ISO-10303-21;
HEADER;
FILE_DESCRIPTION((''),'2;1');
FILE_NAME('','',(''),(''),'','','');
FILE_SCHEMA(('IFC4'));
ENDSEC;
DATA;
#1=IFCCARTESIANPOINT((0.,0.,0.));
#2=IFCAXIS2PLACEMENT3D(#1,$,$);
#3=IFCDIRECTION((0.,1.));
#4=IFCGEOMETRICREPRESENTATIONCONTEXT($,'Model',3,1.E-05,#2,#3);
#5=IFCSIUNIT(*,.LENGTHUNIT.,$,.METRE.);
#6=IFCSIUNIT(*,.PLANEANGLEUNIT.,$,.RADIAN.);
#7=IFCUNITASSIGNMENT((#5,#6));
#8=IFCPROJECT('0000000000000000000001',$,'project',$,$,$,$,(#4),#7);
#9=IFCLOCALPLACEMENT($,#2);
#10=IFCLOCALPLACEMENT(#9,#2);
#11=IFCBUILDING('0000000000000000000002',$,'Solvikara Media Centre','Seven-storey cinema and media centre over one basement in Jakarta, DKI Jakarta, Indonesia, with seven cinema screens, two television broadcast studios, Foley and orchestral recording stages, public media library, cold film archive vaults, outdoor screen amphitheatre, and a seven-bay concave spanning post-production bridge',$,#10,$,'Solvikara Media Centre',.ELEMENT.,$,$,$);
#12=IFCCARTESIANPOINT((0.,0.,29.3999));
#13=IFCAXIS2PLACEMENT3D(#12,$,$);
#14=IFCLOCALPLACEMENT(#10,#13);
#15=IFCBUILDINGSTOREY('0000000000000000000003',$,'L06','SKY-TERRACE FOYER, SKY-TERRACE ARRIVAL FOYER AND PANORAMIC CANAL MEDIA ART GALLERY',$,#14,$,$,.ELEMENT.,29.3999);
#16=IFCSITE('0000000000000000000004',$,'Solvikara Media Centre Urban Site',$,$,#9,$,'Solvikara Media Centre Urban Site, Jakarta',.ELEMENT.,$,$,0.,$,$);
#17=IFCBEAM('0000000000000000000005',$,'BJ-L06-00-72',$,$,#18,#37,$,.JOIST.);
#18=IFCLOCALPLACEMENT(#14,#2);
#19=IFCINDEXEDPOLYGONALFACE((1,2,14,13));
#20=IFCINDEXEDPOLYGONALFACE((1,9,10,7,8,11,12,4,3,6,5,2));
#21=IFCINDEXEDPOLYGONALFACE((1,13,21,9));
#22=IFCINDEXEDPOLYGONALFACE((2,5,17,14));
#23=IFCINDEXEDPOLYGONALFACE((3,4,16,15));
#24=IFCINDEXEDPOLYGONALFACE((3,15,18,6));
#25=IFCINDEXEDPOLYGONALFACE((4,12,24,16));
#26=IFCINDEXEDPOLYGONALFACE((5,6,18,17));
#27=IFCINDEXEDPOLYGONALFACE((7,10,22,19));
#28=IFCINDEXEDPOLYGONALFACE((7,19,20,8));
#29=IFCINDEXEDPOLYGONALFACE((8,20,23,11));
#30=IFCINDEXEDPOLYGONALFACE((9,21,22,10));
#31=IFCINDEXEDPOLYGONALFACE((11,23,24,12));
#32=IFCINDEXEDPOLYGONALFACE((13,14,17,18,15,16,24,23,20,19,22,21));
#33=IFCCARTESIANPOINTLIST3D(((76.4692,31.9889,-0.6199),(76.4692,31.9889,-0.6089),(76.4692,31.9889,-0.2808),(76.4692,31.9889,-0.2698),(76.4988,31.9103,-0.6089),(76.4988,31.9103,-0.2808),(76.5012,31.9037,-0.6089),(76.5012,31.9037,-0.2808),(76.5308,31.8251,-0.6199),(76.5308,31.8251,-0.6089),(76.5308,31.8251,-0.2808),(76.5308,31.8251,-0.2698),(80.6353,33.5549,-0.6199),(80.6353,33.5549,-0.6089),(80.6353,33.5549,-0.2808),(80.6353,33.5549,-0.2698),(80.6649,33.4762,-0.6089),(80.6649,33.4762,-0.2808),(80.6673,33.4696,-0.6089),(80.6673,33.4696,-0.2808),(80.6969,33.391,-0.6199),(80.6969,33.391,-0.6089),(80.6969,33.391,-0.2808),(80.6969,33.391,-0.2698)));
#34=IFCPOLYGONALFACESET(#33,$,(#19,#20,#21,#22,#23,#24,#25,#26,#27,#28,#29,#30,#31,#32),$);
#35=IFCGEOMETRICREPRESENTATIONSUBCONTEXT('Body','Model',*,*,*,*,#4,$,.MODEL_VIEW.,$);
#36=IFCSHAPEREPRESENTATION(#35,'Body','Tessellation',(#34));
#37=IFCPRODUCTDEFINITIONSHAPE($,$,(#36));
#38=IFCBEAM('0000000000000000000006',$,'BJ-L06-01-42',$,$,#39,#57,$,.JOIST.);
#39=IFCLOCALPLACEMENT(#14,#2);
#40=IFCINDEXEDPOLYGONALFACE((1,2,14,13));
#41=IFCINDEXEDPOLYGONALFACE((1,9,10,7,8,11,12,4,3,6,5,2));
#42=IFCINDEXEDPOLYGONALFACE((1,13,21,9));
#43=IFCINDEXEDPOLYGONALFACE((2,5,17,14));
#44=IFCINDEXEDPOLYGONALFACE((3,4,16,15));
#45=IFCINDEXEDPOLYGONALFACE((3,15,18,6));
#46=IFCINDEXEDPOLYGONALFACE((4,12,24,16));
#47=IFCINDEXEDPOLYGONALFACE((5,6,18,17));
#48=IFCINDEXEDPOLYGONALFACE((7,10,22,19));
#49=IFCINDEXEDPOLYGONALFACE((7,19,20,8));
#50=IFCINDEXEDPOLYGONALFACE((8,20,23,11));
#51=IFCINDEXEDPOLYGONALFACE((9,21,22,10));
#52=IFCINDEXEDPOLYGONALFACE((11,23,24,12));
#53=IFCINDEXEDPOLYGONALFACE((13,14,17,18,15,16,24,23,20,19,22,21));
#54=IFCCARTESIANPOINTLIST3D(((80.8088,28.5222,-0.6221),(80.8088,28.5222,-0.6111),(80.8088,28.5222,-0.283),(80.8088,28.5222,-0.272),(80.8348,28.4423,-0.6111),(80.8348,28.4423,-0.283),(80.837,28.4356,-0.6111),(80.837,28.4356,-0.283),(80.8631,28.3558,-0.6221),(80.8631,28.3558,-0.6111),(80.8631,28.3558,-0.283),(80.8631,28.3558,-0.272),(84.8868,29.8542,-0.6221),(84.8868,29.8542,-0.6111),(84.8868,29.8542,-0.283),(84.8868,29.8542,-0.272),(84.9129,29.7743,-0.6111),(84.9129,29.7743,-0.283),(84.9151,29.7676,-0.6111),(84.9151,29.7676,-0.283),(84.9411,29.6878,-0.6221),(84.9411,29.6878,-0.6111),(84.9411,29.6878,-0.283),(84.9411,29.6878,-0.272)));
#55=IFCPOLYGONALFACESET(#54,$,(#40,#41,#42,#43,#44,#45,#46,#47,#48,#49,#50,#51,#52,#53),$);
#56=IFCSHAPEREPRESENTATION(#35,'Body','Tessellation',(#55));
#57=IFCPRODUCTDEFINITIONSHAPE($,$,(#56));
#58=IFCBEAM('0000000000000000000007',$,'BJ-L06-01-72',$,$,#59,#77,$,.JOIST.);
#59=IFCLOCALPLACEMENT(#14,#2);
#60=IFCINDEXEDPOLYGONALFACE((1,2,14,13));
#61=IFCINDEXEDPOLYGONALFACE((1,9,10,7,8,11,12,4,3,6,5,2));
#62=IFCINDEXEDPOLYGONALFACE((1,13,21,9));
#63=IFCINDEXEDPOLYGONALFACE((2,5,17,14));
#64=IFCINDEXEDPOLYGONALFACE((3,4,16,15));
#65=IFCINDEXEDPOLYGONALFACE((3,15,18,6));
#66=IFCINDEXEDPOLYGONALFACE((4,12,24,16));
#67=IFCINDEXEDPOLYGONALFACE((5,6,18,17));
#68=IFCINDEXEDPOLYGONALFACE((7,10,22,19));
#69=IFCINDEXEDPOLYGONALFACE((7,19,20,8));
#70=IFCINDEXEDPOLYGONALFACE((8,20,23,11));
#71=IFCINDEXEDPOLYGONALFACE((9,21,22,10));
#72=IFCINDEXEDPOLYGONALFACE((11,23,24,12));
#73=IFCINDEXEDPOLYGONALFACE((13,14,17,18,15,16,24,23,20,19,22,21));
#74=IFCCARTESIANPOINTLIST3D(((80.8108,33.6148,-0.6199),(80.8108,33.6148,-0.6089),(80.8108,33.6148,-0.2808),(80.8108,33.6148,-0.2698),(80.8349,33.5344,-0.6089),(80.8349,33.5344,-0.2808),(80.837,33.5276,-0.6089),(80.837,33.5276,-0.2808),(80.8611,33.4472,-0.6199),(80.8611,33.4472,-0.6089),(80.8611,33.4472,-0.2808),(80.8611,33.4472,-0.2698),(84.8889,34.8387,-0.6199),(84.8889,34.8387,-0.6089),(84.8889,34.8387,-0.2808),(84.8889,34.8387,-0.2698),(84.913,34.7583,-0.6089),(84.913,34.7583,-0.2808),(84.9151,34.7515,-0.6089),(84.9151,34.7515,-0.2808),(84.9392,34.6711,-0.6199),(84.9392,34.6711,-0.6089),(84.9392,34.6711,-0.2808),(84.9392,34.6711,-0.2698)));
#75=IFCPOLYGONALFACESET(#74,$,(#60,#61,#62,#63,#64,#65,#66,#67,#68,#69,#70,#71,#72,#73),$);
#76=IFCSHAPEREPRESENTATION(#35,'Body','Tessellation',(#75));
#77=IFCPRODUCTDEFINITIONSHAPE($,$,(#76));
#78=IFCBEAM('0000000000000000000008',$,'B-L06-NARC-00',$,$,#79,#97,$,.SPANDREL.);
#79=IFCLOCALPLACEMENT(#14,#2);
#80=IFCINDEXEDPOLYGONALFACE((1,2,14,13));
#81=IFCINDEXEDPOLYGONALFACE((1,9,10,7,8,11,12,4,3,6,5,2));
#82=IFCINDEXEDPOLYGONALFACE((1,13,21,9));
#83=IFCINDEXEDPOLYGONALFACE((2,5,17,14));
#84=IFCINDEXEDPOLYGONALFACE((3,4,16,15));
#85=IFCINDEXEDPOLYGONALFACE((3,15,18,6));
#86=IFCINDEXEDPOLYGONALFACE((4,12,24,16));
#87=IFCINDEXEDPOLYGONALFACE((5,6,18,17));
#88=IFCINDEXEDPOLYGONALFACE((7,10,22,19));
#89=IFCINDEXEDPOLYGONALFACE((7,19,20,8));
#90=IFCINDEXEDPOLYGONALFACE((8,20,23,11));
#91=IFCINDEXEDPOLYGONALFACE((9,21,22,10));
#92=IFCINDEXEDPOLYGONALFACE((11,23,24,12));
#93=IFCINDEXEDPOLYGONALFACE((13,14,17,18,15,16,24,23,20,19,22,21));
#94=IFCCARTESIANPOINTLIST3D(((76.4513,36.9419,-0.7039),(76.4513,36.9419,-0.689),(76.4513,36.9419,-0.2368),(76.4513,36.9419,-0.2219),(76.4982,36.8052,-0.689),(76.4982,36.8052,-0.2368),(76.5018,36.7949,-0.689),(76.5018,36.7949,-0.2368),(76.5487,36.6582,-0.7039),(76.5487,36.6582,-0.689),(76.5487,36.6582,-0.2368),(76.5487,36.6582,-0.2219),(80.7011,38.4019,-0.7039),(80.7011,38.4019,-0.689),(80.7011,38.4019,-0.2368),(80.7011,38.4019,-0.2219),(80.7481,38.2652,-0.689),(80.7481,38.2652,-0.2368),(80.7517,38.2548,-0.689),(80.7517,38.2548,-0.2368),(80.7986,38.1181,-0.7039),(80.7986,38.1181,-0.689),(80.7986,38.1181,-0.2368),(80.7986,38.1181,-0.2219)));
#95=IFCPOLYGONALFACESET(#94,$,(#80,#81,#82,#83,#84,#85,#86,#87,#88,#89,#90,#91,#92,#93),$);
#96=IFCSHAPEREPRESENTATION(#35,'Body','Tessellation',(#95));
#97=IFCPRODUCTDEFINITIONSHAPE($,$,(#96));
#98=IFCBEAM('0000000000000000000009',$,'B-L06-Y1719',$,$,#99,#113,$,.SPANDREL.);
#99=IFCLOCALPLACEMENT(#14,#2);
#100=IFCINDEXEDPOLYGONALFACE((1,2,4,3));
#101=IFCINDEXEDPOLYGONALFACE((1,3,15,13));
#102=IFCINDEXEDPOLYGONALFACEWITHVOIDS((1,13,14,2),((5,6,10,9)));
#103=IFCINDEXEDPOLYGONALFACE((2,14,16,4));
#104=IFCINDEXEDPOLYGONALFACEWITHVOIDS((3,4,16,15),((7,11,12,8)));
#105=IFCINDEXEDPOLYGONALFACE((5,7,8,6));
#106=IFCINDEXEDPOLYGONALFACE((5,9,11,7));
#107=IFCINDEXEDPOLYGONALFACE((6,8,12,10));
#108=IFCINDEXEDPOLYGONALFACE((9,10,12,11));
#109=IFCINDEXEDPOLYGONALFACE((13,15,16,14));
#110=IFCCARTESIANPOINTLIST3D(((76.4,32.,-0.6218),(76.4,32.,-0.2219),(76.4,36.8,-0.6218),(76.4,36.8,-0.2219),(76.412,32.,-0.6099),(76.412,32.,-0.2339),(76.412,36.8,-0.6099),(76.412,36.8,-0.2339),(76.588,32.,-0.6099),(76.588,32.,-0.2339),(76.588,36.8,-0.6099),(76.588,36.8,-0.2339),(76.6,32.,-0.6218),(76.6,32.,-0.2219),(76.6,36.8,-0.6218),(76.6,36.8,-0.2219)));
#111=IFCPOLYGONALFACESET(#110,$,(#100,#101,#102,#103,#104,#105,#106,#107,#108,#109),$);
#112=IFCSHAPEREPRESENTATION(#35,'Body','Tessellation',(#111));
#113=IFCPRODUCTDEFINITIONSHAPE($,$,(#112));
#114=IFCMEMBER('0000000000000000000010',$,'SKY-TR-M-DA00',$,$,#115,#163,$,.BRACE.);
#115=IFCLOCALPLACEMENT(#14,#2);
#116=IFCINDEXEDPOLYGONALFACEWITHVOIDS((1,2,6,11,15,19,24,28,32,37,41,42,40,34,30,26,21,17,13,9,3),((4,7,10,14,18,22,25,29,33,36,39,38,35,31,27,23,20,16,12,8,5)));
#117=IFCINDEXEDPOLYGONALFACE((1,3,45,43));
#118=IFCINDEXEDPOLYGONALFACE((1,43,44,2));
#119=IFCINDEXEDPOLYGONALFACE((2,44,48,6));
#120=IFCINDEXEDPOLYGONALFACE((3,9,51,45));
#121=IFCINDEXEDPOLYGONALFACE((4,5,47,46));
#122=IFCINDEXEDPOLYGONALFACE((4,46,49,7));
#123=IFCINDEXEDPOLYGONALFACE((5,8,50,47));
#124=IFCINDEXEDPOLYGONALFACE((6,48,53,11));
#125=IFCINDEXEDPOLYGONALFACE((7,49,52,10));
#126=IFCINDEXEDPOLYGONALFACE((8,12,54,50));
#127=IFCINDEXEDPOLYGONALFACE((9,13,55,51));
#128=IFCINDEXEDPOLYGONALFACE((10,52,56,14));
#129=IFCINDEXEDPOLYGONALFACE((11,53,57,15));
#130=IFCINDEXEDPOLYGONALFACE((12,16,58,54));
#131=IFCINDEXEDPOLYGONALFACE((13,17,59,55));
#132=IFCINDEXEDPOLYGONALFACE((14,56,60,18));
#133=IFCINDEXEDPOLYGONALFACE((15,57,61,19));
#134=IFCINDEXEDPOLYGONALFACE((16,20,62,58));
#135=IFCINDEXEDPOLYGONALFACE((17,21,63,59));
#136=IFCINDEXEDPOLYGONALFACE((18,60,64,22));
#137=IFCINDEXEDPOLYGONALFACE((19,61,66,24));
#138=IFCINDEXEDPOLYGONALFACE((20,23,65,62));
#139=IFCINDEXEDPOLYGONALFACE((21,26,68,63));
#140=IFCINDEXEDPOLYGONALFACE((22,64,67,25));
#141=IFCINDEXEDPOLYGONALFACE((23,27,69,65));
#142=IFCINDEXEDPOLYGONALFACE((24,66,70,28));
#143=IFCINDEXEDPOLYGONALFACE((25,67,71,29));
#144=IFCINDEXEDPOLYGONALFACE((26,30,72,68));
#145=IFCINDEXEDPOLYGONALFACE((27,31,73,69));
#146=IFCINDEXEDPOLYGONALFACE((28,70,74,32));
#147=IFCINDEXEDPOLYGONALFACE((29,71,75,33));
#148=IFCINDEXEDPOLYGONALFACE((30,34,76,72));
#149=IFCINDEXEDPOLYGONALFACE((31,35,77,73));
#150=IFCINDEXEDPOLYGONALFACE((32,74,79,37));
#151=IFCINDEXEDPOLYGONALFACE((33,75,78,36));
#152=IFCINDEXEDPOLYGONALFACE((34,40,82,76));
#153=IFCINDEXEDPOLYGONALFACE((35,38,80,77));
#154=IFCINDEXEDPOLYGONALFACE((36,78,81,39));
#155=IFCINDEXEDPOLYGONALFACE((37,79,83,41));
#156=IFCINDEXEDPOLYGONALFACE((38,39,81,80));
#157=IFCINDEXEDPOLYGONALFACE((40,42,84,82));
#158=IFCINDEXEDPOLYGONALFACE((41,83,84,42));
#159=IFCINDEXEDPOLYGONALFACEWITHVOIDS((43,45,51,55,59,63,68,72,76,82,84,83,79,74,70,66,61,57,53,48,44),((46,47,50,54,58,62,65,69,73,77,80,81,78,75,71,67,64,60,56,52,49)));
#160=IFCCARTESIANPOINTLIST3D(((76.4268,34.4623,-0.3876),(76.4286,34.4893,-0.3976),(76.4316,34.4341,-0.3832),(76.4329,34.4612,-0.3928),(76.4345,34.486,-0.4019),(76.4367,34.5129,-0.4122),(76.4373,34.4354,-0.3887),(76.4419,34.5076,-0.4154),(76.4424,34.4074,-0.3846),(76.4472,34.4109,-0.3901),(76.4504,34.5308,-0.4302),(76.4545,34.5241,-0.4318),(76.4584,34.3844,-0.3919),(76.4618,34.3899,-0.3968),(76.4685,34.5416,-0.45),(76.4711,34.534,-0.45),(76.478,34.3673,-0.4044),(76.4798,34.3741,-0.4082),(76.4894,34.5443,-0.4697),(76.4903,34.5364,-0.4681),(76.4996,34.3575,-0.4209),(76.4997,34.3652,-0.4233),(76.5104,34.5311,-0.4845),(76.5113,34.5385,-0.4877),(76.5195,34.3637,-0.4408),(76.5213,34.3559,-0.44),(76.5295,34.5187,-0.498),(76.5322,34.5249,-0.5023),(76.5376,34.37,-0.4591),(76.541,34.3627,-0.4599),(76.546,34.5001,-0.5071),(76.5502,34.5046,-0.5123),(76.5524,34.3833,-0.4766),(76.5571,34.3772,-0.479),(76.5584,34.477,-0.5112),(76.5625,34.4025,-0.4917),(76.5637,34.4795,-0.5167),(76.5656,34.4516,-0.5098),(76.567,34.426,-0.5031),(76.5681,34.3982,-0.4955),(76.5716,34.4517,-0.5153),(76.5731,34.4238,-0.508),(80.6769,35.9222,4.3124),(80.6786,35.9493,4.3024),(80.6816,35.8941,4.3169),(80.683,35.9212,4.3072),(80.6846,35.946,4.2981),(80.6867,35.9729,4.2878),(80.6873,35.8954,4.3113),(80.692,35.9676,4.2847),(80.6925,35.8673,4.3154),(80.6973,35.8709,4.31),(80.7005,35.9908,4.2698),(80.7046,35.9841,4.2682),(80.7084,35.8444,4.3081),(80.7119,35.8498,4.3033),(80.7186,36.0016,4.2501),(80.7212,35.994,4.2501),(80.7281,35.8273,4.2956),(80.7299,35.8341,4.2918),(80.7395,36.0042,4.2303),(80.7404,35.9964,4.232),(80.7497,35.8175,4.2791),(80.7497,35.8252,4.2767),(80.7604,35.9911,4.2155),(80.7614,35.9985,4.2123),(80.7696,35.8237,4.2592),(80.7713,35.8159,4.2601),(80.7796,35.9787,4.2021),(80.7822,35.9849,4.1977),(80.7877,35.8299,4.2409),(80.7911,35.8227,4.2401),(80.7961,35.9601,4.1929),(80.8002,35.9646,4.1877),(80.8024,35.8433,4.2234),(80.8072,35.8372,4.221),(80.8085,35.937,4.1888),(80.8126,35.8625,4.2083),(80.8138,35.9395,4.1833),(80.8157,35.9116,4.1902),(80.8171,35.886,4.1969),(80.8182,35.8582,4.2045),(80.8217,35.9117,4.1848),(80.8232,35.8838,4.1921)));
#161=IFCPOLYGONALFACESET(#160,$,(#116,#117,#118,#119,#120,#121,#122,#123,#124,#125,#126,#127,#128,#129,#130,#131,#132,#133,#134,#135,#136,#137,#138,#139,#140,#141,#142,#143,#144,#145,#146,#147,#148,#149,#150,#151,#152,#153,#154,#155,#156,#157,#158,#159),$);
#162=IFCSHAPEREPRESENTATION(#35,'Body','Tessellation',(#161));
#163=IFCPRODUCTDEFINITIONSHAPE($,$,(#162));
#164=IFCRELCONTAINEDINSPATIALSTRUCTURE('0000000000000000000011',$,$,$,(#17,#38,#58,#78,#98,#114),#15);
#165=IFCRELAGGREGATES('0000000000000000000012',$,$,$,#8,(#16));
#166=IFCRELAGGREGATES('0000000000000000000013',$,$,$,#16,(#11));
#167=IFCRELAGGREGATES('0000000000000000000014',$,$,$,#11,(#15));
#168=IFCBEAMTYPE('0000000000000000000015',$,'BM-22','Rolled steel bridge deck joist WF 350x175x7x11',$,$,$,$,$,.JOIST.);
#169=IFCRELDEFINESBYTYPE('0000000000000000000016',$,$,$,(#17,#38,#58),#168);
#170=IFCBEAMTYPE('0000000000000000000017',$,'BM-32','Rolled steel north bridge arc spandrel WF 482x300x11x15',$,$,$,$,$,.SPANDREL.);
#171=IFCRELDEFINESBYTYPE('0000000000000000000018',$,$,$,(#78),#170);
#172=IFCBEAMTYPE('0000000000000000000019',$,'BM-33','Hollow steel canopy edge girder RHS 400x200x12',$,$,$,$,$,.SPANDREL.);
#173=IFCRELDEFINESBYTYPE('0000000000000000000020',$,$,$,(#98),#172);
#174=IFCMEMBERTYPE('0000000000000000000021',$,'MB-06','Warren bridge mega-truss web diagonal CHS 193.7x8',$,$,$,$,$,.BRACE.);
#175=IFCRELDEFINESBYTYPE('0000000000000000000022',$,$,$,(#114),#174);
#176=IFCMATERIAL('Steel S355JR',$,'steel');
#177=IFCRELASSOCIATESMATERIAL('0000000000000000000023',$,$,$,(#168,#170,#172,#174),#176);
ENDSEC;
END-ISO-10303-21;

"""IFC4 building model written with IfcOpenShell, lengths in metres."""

from ifc_helpers import new_model, si_unit, direction, frame, origin, origin_2d, place, context, subcontext, project, spatial, hollow_rectangle, hollow_circle, i_section, extrude, material, material_profile, profile_set, type_object, element, save


model = new_model("IFC4")

# Units and contexts
model_context = context("Model", 3, precision=1e-05, world=origin(), true_north=direction((0.0, 1.0)))
body_context = subcontext(model_context, "Body", "Model", "MODEL_VIEW")
ifc_project = project(units=[si_unit("LENGTHUNIT", "METRE"), si_unit("PLANEANGLEUNIT", "RADIAN")], contexts=[model_context])

# Site, building, storey
site_placement = place(None, origin())
site = spatial("IfcSite", under=ifc_project, at=site_placement, Name="Solvikara Media Centre Urban Site", LongName="Solvikara Media Centre Urban Site, Jakarta", CompositionType="ELEMENT", RefElevation=0.0)
building_placement = place(site_placement, origin())
building = spatial("IfcBuilding", under=site, at=building_placement, Name="Solvikara Media Centre", Description="Seven-storey cinema and media centre over one basement in Jakarta, DKI Jakarta, Indonesia, with seven cinema screens, two television broadcast studios, Foley and orchestral recording stages, public media library, cold film archive vaults, outdoor screen amphitheatre, and a seven-bay concave spanning post-production bridge", LongName="Solvikara Media Centre", CompositionType="ELEMENT")
storey_placement = place(building_placement, frame((0.0, 0.0, 29.3999)))
storey = spatial("IfcBuildingStorey", under=building, at=storey_placement, Name="L06", Description="SKY-TERRACE FOYER, SKY-TERRACE ARRIVAL FOYER AND PANORAMIC CANAL MEDIA ART GALLERY", CompositionType="ELEMENT", Elevation=29.3999)

# Shared definitions
ifc_material_1 = material(Name="Steel S355JR", Category="steel")

# Beams
ifc_material_profile_1 = material_profile(ifc_material_1, i_section(OverallWidth=0.175, OverallDepth=0.3501, WebThickness=0.0071, FlangeThickness=0.011, at=origin_2d()), Name="WF 350x175x7x11")
ifc_profile_set_1 = profile_set([ifc_material_profile_1], Name="Steel S355JR")
beam_type_1 = type_object("IfcBeamType", Name="BM-22", Description="Rolled steel bridge deck joist WF 350x175x7x11", PredefinedType="JOIST", material=ifc_profile_set_1)
beam_1_placement = place(storey_placement, frame((76.5, 31.907, -0.4448), z_axis=(0.936058, 0.351845, 0.0), x_axis=(-0.351845, 0.936058, 0.0)))
element("IfcBeam", 1, at=beam_1_placement, inside=storey, type_object=beam_type_1, Name="BJ-L06-00-72", PredefinedType="JOIST", context=body_context, shape_type="SweptSolid", body=[
    extrude(i_section(OverallWidth=0.175, OverallDepth=0.3501, WebThickness=0.0071, FlangeThickness=0.011, at=origin_2d()), origin(), (0.0, 0.0, 1.0), 4.4507),
])
beam_2_placement = place(storey_placement, frame((80.8359, 28.439, -0.447), z_axis=(0.950578, 0.310486, 0.0), x_axis=(-0.310486, 0.950578, 0.0)))
element("IfcBeam", 2, at=beam_2_placement, inside=storey, type_object=beam_type_1, Name="BJ-L06-01-42", PredefinedType="JOIST", context=body_context, shape_type="SweptSolid", body=[
    extrude(i_section(OverallWidth=0.175, OverallDepth=0.3501, WebThickness=0.0071, FlangeThickness=0.011, at=origin_2d()), origin(), (0.0, 0.0, 1.0), 4.29),
])
beam_3_placement = place(storey_placement, frame((80.8359, 33.531, -0.4448), z_axis=(0.957798, 0.287443, 0.0), x_axis=(-0.287443, 0.957798, 0.0)))
element("IfcBeam", 3, at=beam_3_placement, inside=storey, type_object=beam_type_1, Name="BJ-L06-01-72", PredefinedType="JOIST", context=body_context, shape_type="SweptSolid", body=[
    extrude(i_section(OverallWidth=0.175, OverallDepth=0.3501, WebThickness=0.0071, FlangeThickness=0.011, at=origin_2d()), origin(), (0.0, 0.0, 1.0), 4.2578),
])
ifc_material_profile_2 = material_profile(ifc_material_1, i_section(OverallWidth=0.3, OverallDepth=0.4819, WebThickness=0.011, FlangeThickness=0.0149, at=origin_2d()), Name="WF 482x300x11x15")
ifc_profile_set_2 = profile_set([ifc_material_profile_2], Name="Steel S355JR")
beam_type_2 = type_object("IfcBeamType", Name="BM-32", Description="Rolled steel north bridge arc spandrel WF 482x300x11x15", PredefinedType="SPANDREL", material=ifc_profile_set_2)
beam_4_placement = place(storey_placement, frame((76.5, 36.8, -0.4629), z_axis=(0.945753, 0.324885, 0.0), x_axis=(-0.324885, 0.945753, 0.0)))
element("IfcBeam", 4, at=beam_4_placement, inside=storey, type_object=beam_type_2, Name="B-L06-NARC-00", PredefinedType="SPANDREL", context=body_context, shape_type="SweptSolid", body=[
    extrude(i_section(OverallWidth=0.3, OverallDepth=0.4819, WebThickness=0.011, FlangeThickness=0.0149, at=origin_2d()), origin(), (0.0, 0.0, 1.0), 4.4937),
])
ifc_material_profile_3 = material_profile(ifc_material_1, hollow_rectangle(XDim=0.2, YDim=0.3999, WallThickness=0.012, at=origin_2d()), Name="RHS 400x200x12")
ifc_profile_set_3 = profile_set([ifc_material_profile_3], Name="Steel S355JR")
beam_type_3 = type_object("IfcBeamType", Name="BM-33", Description="Hollow steel canopy edge girder RHS 400x200x12", PredefinedType="SPANDREL", material=ifc_profile_set_3)
beam_5_placement = place(storey_placement, frame((76.5, 32.0, -0.4219), z_axis=(0.0, 1.0, 0.0), x_axis=(-1.0, 0.0, 0.0)))
element("IfcBeam", 5, at=beam_5_placement, inside=storey, type_object=beam_type_3, Name="B-L06-Y1719", PredefinedType="SPANDREL", context=body_context, shape_type="SweptSolid", body=[
    extrude(hollow_rectangle(XDim=0.2, YDim=0.3999, WallThickness=0.012, at=origin_2d()), origin(), (0.0, 0.0, 1.0), 4.8),
])

# Member
ifc_material_profile_4 = material_profile(ifc_material_1, hollow_circle(Radius=0.0969, WallThickness=0.0081, at=origin_2d()), Name="CHS 193.7x8")
ifc_profile_set_4 = profile_set([ifc_material_profile_4], Name="Steel S355JR")
member_type_1 = type_object("IfcMemberType", Name="MB-06", Description="Warren bridge mega-truss web diagonal CHS 193.7x8", PredefinedType="BRACE", material=ifc_profile_set_4)
member_1_placement = place(storey_placement, frame((76.5, 34.45, -0.45), z_axis=(0.653587, 0.22452, 0.722783), x_axis=(-0.324885, 0.945753, 0.0)))
element("IfcMember", 6, at=member_1_placement, inside=storey, type_object=member_type_1, Name="SKY-TR-M-DA00", PredefinedType="BRACE", context=body_context, shape_type="SweptSolid", body=[
    extrude(hollow_circle(Radius=0.0969, WallThickness=0.0081, at=origin_2d()), origin(), (0.0, 0.0, 1.0), 6.5027),
])

save(model, "model.ifc")
